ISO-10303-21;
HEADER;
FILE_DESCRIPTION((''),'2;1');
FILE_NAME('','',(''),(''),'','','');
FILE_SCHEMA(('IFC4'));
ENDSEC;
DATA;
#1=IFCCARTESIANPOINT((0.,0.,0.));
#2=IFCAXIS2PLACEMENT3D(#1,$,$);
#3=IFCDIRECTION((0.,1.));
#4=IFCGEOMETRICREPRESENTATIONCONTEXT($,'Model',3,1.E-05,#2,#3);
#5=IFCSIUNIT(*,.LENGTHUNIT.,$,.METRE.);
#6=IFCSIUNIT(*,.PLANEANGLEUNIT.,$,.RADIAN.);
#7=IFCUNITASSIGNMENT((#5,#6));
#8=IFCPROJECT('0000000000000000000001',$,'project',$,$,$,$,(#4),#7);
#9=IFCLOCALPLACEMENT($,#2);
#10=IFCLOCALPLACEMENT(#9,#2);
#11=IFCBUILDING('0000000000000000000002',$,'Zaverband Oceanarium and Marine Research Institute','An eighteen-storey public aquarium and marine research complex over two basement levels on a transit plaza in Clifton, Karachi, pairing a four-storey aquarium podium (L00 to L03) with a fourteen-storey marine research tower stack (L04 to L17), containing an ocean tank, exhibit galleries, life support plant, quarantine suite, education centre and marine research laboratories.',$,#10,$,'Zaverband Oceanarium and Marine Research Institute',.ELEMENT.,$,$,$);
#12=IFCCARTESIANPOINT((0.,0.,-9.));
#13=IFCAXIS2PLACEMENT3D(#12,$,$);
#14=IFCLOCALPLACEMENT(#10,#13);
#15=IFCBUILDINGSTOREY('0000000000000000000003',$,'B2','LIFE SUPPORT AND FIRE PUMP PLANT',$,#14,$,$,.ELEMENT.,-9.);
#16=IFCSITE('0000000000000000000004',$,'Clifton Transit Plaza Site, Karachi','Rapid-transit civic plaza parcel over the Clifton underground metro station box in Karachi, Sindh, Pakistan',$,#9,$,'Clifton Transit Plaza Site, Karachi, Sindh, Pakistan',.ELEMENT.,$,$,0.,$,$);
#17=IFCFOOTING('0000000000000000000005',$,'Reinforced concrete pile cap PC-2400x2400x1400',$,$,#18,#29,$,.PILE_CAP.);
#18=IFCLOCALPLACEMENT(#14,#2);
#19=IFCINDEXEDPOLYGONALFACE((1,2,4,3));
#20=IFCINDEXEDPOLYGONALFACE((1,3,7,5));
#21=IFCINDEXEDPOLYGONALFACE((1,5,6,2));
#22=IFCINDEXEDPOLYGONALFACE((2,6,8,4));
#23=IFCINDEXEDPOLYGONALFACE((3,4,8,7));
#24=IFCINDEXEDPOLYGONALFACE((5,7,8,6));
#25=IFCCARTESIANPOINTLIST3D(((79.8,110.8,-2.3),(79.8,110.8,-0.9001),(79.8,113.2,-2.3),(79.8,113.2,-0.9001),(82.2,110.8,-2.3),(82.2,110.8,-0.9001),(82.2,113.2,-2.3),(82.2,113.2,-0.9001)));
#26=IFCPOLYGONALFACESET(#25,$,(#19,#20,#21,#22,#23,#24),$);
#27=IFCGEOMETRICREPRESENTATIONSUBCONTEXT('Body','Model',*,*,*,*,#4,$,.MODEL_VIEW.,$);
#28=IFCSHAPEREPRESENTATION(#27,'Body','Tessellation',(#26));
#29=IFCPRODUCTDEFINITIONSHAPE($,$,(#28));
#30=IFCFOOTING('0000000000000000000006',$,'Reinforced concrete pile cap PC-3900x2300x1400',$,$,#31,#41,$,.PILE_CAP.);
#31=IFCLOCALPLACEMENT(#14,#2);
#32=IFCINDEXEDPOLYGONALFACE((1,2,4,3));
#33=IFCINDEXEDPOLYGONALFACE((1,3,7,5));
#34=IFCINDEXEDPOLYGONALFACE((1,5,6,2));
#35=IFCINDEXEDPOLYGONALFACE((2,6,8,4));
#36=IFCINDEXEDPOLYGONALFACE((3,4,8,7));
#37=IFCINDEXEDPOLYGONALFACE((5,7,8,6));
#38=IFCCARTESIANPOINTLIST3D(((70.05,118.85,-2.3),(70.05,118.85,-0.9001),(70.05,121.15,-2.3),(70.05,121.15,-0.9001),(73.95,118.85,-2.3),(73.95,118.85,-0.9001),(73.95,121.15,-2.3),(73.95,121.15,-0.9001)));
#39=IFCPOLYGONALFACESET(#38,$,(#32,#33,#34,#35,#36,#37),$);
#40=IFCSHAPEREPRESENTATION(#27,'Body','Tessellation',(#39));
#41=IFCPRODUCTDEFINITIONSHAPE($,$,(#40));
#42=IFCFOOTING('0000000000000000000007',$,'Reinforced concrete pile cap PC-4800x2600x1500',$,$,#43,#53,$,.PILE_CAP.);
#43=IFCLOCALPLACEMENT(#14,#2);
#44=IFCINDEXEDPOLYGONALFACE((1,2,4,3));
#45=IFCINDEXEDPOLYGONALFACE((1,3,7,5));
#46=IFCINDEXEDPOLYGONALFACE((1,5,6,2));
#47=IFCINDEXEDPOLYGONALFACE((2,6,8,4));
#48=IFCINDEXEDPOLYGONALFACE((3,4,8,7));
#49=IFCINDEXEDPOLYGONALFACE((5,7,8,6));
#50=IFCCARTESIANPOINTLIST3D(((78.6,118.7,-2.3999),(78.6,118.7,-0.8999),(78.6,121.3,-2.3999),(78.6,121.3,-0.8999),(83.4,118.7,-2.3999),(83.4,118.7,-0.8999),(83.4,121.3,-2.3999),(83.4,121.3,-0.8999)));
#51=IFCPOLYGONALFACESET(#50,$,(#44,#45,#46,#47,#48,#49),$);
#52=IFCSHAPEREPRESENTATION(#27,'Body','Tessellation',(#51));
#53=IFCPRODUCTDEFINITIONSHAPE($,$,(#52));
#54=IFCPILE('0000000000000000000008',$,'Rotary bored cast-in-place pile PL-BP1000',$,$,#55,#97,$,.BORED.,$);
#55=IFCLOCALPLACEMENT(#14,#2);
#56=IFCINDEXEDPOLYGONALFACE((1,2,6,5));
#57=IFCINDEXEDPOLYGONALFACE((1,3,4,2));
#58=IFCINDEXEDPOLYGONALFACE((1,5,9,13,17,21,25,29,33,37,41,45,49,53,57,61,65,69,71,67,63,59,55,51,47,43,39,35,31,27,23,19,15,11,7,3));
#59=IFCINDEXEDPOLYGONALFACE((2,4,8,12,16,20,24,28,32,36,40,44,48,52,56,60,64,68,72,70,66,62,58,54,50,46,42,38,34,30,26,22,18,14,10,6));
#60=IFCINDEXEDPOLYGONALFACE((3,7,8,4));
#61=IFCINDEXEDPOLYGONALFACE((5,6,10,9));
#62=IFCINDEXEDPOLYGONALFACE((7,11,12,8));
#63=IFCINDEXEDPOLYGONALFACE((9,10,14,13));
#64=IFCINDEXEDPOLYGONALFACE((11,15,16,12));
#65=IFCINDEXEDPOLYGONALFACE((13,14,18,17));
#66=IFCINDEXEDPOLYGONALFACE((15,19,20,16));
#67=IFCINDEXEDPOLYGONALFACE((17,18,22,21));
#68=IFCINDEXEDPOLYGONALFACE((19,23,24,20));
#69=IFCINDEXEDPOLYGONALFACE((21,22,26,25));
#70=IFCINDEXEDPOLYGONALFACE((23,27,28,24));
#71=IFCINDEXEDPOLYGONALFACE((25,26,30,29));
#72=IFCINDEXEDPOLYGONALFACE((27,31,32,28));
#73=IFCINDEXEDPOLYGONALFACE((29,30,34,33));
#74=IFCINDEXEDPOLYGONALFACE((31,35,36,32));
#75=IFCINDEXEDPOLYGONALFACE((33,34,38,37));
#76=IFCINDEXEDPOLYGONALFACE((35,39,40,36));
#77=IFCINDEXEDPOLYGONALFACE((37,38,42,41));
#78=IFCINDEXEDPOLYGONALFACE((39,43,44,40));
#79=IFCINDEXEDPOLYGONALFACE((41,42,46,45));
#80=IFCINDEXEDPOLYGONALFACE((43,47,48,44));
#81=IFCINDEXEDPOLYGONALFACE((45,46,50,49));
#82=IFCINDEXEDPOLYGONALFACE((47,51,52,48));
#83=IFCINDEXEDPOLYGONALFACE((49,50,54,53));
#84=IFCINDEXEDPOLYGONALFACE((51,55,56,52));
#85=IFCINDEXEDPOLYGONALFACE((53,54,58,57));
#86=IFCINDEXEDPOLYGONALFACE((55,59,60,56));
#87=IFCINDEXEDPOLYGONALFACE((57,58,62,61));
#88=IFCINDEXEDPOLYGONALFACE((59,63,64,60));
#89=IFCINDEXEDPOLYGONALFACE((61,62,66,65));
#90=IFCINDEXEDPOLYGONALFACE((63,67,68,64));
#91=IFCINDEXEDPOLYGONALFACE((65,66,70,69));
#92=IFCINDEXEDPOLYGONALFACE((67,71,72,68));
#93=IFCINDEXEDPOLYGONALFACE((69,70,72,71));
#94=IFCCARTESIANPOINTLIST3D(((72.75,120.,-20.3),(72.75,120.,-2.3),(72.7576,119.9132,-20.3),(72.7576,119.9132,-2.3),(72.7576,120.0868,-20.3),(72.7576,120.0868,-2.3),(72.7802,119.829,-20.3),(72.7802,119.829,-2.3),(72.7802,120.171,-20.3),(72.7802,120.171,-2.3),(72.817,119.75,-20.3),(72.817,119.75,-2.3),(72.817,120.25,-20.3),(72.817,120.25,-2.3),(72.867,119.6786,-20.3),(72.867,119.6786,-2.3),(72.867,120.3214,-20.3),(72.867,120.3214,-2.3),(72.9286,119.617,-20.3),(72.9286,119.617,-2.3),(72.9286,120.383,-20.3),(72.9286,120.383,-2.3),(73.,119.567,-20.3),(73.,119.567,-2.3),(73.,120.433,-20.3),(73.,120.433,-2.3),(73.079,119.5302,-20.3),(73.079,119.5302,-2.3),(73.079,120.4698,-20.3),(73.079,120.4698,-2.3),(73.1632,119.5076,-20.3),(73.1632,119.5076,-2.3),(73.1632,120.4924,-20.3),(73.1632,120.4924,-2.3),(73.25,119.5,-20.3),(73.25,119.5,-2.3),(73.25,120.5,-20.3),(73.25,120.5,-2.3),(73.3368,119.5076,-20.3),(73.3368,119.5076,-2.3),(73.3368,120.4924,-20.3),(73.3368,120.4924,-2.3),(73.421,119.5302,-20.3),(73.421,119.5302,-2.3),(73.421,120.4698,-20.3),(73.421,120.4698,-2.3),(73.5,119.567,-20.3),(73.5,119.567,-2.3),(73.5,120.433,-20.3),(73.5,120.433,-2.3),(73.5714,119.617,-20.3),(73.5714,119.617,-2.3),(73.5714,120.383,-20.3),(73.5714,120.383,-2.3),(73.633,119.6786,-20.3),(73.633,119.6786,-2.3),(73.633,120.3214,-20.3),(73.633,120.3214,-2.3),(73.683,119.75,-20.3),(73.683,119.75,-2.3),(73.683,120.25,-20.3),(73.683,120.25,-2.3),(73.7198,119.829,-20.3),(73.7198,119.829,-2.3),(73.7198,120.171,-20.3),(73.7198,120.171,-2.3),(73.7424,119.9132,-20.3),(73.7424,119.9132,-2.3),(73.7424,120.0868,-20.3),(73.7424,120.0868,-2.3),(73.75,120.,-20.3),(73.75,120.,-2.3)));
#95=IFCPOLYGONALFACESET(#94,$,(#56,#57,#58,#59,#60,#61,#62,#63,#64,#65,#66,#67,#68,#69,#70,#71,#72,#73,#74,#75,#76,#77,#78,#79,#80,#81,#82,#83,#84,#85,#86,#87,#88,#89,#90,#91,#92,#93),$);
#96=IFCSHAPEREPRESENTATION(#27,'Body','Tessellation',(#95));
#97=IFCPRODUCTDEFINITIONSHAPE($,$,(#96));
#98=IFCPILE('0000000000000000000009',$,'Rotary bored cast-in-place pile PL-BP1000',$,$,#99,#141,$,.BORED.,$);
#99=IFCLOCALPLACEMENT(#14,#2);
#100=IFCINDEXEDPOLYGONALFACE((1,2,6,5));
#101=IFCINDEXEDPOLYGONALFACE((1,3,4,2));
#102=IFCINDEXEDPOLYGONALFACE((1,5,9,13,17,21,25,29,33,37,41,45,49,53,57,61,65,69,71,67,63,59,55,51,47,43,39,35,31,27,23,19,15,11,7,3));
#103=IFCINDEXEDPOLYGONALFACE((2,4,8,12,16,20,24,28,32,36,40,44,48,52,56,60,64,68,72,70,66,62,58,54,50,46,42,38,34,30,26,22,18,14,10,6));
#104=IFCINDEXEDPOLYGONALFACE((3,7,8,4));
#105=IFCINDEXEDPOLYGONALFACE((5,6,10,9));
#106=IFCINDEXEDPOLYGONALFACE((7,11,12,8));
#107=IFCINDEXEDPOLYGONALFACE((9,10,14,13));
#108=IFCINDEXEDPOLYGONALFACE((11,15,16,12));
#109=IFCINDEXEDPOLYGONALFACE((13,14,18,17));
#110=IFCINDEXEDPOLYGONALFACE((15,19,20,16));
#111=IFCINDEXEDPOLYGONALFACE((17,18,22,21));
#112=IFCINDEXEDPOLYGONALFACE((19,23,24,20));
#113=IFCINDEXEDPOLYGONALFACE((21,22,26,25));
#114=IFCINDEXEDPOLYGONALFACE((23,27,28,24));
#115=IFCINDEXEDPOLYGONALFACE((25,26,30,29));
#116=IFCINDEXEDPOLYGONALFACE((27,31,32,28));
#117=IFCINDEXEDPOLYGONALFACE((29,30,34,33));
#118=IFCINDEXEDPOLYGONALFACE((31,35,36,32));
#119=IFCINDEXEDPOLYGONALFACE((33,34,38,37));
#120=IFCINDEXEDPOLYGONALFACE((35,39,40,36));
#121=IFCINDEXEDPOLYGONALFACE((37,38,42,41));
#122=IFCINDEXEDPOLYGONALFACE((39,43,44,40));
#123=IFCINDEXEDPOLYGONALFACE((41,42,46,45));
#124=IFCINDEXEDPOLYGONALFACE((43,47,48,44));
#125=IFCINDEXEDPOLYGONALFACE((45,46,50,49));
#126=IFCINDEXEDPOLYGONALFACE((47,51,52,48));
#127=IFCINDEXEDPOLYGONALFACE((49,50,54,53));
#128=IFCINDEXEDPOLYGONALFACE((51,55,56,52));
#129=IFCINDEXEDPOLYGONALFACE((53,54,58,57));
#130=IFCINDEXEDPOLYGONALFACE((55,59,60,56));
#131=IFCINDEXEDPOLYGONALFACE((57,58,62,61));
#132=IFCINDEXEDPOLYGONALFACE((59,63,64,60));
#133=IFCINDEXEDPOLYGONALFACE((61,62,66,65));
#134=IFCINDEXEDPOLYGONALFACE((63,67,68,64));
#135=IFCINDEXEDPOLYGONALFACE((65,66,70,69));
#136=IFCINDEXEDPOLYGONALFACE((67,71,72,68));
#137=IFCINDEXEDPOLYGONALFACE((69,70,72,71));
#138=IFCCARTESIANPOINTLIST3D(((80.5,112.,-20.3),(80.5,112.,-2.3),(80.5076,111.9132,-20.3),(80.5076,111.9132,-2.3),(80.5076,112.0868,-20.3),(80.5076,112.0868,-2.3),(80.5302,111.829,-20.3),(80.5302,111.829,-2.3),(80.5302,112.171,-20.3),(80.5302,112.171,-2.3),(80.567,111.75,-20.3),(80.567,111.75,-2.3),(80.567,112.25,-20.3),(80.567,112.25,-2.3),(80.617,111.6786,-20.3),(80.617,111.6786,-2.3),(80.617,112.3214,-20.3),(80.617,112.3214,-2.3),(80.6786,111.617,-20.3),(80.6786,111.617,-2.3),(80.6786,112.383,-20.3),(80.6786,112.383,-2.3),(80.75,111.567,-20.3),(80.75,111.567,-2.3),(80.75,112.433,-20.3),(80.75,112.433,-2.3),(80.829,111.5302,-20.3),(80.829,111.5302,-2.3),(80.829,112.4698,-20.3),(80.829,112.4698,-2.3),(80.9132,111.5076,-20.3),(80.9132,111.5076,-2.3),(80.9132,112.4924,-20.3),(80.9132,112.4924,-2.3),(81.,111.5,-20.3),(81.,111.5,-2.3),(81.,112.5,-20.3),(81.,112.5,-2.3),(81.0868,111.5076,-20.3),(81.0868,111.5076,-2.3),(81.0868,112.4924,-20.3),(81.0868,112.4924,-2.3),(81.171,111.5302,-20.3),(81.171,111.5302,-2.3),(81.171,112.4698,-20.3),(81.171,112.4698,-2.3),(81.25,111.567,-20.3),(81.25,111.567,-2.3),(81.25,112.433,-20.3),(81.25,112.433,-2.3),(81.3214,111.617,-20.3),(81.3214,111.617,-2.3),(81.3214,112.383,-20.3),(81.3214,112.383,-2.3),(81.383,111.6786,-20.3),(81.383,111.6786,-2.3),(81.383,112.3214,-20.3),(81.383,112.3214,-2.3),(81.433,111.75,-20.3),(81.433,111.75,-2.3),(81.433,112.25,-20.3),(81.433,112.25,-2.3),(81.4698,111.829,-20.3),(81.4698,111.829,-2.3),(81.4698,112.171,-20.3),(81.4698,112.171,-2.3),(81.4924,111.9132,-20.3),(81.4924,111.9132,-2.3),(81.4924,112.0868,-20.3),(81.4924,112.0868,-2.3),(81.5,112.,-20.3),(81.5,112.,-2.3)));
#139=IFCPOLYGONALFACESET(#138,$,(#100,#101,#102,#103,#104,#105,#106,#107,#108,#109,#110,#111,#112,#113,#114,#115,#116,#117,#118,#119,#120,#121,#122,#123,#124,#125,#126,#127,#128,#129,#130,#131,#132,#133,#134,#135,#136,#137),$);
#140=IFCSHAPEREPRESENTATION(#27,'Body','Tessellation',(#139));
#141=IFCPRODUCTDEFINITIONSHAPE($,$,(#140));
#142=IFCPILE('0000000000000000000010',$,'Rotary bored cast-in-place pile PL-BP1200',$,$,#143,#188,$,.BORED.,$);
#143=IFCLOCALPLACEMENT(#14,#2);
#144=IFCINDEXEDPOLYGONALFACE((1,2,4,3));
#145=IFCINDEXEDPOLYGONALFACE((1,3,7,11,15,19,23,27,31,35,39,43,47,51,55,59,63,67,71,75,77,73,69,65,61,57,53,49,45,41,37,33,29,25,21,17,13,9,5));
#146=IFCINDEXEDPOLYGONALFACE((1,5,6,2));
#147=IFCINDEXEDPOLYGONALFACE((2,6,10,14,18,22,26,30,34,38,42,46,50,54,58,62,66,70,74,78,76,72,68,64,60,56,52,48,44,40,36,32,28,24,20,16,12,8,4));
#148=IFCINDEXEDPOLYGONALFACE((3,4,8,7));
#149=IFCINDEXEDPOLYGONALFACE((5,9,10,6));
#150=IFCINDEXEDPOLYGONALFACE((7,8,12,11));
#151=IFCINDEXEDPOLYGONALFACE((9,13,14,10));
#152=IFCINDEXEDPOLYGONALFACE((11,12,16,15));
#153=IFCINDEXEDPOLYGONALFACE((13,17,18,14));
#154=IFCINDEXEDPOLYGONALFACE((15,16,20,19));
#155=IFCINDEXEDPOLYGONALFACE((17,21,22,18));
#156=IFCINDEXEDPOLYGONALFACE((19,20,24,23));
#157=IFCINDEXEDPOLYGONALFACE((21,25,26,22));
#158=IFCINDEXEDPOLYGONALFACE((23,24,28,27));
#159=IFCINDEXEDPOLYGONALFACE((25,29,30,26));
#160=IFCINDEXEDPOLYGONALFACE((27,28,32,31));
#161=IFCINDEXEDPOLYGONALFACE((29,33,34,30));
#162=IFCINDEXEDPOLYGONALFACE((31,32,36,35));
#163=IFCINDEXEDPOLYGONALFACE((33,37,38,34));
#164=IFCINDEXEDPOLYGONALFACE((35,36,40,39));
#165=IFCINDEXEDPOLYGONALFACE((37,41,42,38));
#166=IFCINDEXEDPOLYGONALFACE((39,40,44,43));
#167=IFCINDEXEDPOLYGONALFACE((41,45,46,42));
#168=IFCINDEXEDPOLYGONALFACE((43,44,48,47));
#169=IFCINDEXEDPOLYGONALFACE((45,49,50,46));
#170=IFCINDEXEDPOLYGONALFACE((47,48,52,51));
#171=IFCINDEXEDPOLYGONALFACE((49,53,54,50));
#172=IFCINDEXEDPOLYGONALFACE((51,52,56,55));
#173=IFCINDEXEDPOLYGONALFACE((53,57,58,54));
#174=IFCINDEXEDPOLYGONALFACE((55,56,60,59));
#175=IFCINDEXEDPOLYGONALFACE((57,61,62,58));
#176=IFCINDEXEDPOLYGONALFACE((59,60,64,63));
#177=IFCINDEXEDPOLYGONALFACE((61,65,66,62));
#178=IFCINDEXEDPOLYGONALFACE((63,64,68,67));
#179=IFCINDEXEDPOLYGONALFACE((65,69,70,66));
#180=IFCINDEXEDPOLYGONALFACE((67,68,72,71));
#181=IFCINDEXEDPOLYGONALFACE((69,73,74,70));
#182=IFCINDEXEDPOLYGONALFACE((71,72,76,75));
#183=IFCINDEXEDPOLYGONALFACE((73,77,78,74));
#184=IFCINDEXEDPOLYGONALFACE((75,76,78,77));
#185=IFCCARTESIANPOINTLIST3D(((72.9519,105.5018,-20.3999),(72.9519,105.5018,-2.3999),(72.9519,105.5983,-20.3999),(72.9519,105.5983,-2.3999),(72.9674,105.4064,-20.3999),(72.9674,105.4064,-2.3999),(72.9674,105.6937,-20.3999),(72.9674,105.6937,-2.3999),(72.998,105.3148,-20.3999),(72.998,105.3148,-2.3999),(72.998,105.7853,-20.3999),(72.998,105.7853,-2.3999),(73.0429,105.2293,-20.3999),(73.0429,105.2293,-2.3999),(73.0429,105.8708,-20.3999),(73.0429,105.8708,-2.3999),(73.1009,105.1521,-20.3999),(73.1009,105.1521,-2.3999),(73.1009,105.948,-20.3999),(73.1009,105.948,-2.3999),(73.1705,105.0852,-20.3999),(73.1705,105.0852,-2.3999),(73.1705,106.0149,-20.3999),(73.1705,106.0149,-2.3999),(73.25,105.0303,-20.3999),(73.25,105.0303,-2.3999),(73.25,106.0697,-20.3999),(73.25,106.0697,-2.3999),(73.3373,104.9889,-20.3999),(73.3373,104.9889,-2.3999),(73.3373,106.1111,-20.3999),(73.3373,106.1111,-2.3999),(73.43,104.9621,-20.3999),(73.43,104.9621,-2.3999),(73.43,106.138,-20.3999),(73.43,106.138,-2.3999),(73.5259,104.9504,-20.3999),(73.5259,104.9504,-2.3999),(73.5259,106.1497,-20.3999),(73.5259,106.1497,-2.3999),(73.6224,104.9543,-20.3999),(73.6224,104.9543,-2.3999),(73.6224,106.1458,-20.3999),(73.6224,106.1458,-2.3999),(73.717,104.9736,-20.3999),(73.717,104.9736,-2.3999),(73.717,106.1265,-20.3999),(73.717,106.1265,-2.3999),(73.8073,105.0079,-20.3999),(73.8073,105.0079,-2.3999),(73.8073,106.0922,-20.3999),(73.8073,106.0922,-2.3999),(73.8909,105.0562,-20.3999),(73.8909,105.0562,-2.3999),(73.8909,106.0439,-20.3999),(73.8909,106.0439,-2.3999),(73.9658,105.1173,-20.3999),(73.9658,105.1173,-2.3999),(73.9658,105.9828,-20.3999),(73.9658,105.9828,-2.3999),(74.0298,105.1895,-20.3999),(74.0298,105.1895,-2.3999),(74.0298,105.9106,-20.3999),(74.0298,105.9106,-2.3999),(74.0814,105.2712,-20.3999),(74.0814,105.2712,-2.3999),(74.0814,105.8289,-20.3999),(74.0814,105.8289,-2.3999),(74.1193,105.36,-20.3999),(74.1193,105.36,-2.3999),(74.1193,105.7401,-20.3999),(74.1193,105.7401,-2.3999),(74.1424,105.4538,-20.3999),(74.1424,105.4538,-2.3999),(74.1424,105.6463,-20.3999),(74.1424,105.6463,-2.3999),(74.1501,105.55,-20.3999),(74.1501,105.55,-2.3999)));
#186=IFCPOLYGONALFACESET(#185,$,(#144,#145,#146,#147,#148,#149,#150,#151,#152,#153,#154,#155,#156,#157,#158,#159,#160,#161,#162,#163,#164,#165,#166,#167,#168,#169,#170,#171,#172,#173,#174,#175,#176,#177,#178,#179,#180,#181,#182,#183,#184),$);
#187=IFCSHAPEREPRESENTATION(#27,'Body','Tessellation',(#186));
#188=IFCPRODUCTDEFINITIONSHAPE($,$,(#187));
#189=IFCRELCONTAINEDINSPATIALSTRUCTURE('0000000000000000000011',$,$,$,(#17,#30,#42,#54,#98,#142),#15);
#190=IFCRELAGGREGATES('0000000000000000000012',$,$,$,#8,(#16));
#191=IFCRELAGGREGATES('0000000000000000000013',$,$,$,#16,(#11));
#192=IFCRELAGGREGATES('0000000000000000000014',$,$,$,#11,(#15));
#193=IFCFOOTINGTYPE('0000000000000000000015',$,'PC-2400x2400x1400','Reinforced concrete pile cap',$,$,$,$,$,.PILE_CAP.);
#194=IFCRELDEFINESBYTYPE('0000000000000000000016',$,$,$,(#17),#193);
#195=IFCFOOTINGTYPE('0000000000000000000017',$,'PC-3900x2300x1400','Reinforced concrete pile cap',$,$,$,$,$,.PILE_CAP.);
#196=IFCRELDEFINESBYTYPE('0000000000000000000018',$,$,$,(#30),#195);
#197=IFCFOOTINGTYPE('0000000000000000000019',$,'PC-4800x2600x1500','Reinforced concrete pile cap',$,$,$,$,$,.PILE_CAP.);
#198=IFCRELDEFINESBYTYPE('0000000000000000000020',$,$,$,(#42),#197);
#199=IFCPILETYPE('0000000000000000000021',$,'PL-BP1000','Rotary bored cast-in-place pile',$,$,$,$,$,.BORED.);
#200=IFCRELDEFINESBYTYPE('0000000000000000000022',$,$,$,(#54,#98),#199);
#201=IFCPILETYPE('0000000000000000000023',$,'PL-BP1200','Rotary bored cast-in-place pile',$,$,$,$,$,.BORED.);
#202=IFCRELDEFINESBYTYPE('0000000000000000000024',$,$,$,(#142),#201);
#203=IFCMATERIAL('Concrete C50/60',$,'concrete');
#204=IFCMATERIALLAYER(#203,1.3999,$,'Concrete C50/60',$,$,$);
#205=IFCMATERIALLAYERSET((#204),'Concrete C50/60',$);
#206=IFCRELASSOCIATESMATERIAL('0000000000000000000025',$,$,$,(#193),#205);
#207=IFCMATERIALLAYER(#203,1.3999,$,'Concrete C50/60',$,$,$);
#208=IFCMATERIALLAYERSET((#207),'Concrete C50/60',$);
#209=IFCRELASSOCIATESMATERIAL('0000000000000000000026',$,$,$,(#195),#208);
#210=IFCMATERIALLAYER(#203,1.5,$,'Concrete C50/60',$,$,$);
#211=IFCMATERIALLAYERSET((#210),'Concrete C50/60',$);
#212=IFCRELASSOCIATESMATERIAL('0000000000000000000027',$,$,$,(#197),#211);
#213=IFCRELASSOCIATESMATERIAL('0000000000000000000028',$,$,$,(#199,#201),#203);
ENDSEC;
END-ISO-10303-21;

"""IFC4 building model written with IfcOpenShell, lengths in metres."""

from ifc_helpers import new_model, si_unit, direction, frame, origin, origin_2d, place, context, subcontext, project, spatial, rectangle, circle, extrude, material, layer, layer_set, material_profile, profile_set, type_object, element, save


model = new_model("IFC4")

# Units and contexts
model_context = context("Model", 3, precision=1e-05, world=origin(), true_north=direction((0.0, 1.0)))
body_context = subcontext(model_context, "Body", "Model", "MODEL_VIEW")
ifc_project = project(units=[si_unit("LENGTHUNIT", "METRE"), si_unit("PLANEANGLEUNIT", "RADIAN")], contexts=[model_context])

# Site, building, storey
site_placement = place(None, origin())
site = spatial("IfcSite", under=ifc_project, at=site_placement, Name="Clifton Transit Plaza Site, Karachi", Description="Rapid-transit civic plaza parcel over the Clifton underground metro station box in Karachi, Sindh, Pakistan", LongName="Clifton Transit Plaza Site, Karachi, Sindh, Pakistan", CompositionType="ELEMENT", RefElevation=0.0)
building_placement = place(site_placement, origin())
building = spatial("IfcBuilding", under=site, at=building_placement, Name="Zaverband Oceanarium and Marine Research Institute", Description="An eighteen-storey public aquarium and marine research complex over two basement levels on a transit plaza in Clifton, Karachi, pairing a four-storey aquarium podium (L00 to L03) with a fourteen-storey marine research tower stack (L04 to L17), containing an ocean tank, exhibit galleries, life support plant, quarantine suite, education centre and marine research laboratories.", LongName="Zaverband Oceanarium and Marine Research Institute", CompositionType="ELEMENT")
storey_placement = place(building_placement, frame((0.0, 0.0, -9.0)))
storey = spatial("IfcBuildingStorey", under=building, at=storey_placement, Name="B2", Description="LIFE SUPPORT AND FIRE PUMP PLANT", CompositionType="ELEMENT", Elevation=-9.0)

# Footings
ifc_material_1 = material(Name="Concrete C50/60", Category="concrete")
ifc_layer_1 = layer(ifc_material_1, 1.3999, Name="Concrete C50/60")
ifc_layer_set_1 = layer_set([ifc_layer_1], Name="Concrete C50/60")
footing_type_1 = type_object("IfcFootingType", Name="PC-2400x2400x1400", Description="Reinforced concrete pile cap", PredefinedType="PILE_CAP", material=ifc_layer_set_1)
footing_1_placement = place(storey_placement, frame((81.0, 112.0, -2.3), z_axis=(0.0, 0.0, 1.0), x_axis=(1.0, 0.0, 0.0)))
element("IfcFooting", 1, at=footing_1_placement, inside=storey, type_object=footing_type_1, Name="Reinforced concrete pile cap PC-2400x2400x1400", PredefinedType="PILE_CAP", context=body_context, shape_type="SweptSolid", body=[
    extrude(rectangle(XDim=2.3999, YDim=2.3999, at=origin_2d()), origin(), (0.0, 0.0, 1.0), 1.3999),
])
ifc_layer_2 = layer(ifc_material_1, 1.3999, Name="Concrete C50/60")
ifc_layer_set_2 = layer_set([ifc_layer_2], Name="Concrete C50/60")
footing_type_2 = type_object("IfcFootingType", Name="PC-3900x2300x1400", Description="Reinforced concrete pile cap", PredefinedType="PILE_CAP", material=ifc_layer_set_2)
footing_2_placement = place(storey_placement, frame((72.0, 120.0, -2.3), z_axis=(0.0, 0.0, 1.0), x_axis=(1.0, 0.0, 0.0)))
element("IfcFooting", 2, at=footing_2_placement, inside=storey, type_object=footing_type_2, Name="Reinforced concrete pile cap PC-3900x2300x1400", PredefinedType="PILE_CAP", context=body_context, shape_type="SweptSolid", body=[
    extrude(rectangle(XDim=3.8999, YDim=2.3, at=origin_2d()), origin(), (0.0, 0.0, 1.0), 1.3999),
])
ifc_layer_3 = layer(ifc_material_1, 1.5, Name="Concrete C50/60")
ifc_layer_set_3 = layer_set([ifc_layer_3], Name="Concrete C50/60")
footing_type_3 = type_object("IfcFootingType", Name="PC-4800x2600x1500", Description="Reinforced concrete pile cap", PredefinedType="PILE_CAP", material=ifc_layer_set_3)
footing_3_placement = place(storey_placement, frame((81.0, 120.0, -2.3999), z_axis=(0.0, 0.0, 1.0), x_axis=(1.0, 0.0, 0.0)))
element("IfcFooting", 3, at=footing_3_placement, inside=storey, type_object=footing_type_3, Name="Reinforced concrete pile cap PC-4800x2600x1500", PredefinedType="PILE_CAP", context=body_context, shape_type="SweptSolid", body=[
    extrude(rectangle(XDim=4.8, YDim=2.6001, at=origin_2d()), origin(), (0.0, 0.0, 1.0), 1.5),
])

# Piles
ifc_material_profile_1 = material_profile(ifc_material_1, circle(Radius=0.5, at=origin_2d()), Name="BP1000")
ifc_profile_set_1 = profile_set([ifc_material_profile_1], Name="Concrete C50/60")
pile_type_1 = type_object("IfcPileType", Name="PL-BP1000", Description="Rotary bored cast-in-place pile", PredefinedType="BORED", material=ifc_profile_set_1)
for number, where, z_axis, x_axis, name in (
    (4, (73.25, 120.0, -2.3), (0.0, 0.0, -1.0), (1.0, 0.0, 0.0), "Rotary bored cast-in-place pile PL-BP1000"),
    (5, (81.0, 112.0, -2.3), (0.0, 0.0, -1.0), (1.0, 0.0, 0.0), "Rotary bored cast-in-place pile PL-BP1000"),
):
    element("IfcPile", number, at=place(storey_placement, frame(where, z_axis=z_axis, x_axis=x_axis)), inside=storey, type_object=pile_type_1, Name=name, PredefinedType="BORED", context=body_context, shape_type="SweptSolid", body=[
        extrude(circle(Radius=0.5, at=origin_2d()), origin(), (0.0, 0.0, 1.0), 18.0),
    ])
ifc_material_profile_2 = material_profile(ifc_material_1, circle(Radius=0.6001, at=origin_2d()), Name="BP1200")
ifc_profile_set_2 = profile_set([ifc_material_profile_2], Name="Concrete C50/60")
pile_type_2 = type_object("IfcPileType", Name="PL-BP1200", Description="Rotary bored cast-in-place pile", PredefinedType="BORED", material=ifc_profile_set_2)
for number, where, z_axis, x_axis, name in (
    (6, (73.55, 105.55, -2.3999), (0.0, 0.0, -1.0), (1.0, 0.0, 0.0), "Rotary bored cast-in-place pile PL-BP1200"),
):
    element("IfcPile", number, at=place(storey_placement, frame(where, z_axis=z_axis, x_axis=x_axis)), inside=storey, type_object=pile_type_2, Name=name, PredefinedType="BORED", context=body_context, shape_type="SweptSolid", body=[
        extrude(circle(Radius=0.6001, at=origin_2d()), origin(), (0.0, 0.0, 1.0), 18.0),
    ])

save(model, "model.ifc")
